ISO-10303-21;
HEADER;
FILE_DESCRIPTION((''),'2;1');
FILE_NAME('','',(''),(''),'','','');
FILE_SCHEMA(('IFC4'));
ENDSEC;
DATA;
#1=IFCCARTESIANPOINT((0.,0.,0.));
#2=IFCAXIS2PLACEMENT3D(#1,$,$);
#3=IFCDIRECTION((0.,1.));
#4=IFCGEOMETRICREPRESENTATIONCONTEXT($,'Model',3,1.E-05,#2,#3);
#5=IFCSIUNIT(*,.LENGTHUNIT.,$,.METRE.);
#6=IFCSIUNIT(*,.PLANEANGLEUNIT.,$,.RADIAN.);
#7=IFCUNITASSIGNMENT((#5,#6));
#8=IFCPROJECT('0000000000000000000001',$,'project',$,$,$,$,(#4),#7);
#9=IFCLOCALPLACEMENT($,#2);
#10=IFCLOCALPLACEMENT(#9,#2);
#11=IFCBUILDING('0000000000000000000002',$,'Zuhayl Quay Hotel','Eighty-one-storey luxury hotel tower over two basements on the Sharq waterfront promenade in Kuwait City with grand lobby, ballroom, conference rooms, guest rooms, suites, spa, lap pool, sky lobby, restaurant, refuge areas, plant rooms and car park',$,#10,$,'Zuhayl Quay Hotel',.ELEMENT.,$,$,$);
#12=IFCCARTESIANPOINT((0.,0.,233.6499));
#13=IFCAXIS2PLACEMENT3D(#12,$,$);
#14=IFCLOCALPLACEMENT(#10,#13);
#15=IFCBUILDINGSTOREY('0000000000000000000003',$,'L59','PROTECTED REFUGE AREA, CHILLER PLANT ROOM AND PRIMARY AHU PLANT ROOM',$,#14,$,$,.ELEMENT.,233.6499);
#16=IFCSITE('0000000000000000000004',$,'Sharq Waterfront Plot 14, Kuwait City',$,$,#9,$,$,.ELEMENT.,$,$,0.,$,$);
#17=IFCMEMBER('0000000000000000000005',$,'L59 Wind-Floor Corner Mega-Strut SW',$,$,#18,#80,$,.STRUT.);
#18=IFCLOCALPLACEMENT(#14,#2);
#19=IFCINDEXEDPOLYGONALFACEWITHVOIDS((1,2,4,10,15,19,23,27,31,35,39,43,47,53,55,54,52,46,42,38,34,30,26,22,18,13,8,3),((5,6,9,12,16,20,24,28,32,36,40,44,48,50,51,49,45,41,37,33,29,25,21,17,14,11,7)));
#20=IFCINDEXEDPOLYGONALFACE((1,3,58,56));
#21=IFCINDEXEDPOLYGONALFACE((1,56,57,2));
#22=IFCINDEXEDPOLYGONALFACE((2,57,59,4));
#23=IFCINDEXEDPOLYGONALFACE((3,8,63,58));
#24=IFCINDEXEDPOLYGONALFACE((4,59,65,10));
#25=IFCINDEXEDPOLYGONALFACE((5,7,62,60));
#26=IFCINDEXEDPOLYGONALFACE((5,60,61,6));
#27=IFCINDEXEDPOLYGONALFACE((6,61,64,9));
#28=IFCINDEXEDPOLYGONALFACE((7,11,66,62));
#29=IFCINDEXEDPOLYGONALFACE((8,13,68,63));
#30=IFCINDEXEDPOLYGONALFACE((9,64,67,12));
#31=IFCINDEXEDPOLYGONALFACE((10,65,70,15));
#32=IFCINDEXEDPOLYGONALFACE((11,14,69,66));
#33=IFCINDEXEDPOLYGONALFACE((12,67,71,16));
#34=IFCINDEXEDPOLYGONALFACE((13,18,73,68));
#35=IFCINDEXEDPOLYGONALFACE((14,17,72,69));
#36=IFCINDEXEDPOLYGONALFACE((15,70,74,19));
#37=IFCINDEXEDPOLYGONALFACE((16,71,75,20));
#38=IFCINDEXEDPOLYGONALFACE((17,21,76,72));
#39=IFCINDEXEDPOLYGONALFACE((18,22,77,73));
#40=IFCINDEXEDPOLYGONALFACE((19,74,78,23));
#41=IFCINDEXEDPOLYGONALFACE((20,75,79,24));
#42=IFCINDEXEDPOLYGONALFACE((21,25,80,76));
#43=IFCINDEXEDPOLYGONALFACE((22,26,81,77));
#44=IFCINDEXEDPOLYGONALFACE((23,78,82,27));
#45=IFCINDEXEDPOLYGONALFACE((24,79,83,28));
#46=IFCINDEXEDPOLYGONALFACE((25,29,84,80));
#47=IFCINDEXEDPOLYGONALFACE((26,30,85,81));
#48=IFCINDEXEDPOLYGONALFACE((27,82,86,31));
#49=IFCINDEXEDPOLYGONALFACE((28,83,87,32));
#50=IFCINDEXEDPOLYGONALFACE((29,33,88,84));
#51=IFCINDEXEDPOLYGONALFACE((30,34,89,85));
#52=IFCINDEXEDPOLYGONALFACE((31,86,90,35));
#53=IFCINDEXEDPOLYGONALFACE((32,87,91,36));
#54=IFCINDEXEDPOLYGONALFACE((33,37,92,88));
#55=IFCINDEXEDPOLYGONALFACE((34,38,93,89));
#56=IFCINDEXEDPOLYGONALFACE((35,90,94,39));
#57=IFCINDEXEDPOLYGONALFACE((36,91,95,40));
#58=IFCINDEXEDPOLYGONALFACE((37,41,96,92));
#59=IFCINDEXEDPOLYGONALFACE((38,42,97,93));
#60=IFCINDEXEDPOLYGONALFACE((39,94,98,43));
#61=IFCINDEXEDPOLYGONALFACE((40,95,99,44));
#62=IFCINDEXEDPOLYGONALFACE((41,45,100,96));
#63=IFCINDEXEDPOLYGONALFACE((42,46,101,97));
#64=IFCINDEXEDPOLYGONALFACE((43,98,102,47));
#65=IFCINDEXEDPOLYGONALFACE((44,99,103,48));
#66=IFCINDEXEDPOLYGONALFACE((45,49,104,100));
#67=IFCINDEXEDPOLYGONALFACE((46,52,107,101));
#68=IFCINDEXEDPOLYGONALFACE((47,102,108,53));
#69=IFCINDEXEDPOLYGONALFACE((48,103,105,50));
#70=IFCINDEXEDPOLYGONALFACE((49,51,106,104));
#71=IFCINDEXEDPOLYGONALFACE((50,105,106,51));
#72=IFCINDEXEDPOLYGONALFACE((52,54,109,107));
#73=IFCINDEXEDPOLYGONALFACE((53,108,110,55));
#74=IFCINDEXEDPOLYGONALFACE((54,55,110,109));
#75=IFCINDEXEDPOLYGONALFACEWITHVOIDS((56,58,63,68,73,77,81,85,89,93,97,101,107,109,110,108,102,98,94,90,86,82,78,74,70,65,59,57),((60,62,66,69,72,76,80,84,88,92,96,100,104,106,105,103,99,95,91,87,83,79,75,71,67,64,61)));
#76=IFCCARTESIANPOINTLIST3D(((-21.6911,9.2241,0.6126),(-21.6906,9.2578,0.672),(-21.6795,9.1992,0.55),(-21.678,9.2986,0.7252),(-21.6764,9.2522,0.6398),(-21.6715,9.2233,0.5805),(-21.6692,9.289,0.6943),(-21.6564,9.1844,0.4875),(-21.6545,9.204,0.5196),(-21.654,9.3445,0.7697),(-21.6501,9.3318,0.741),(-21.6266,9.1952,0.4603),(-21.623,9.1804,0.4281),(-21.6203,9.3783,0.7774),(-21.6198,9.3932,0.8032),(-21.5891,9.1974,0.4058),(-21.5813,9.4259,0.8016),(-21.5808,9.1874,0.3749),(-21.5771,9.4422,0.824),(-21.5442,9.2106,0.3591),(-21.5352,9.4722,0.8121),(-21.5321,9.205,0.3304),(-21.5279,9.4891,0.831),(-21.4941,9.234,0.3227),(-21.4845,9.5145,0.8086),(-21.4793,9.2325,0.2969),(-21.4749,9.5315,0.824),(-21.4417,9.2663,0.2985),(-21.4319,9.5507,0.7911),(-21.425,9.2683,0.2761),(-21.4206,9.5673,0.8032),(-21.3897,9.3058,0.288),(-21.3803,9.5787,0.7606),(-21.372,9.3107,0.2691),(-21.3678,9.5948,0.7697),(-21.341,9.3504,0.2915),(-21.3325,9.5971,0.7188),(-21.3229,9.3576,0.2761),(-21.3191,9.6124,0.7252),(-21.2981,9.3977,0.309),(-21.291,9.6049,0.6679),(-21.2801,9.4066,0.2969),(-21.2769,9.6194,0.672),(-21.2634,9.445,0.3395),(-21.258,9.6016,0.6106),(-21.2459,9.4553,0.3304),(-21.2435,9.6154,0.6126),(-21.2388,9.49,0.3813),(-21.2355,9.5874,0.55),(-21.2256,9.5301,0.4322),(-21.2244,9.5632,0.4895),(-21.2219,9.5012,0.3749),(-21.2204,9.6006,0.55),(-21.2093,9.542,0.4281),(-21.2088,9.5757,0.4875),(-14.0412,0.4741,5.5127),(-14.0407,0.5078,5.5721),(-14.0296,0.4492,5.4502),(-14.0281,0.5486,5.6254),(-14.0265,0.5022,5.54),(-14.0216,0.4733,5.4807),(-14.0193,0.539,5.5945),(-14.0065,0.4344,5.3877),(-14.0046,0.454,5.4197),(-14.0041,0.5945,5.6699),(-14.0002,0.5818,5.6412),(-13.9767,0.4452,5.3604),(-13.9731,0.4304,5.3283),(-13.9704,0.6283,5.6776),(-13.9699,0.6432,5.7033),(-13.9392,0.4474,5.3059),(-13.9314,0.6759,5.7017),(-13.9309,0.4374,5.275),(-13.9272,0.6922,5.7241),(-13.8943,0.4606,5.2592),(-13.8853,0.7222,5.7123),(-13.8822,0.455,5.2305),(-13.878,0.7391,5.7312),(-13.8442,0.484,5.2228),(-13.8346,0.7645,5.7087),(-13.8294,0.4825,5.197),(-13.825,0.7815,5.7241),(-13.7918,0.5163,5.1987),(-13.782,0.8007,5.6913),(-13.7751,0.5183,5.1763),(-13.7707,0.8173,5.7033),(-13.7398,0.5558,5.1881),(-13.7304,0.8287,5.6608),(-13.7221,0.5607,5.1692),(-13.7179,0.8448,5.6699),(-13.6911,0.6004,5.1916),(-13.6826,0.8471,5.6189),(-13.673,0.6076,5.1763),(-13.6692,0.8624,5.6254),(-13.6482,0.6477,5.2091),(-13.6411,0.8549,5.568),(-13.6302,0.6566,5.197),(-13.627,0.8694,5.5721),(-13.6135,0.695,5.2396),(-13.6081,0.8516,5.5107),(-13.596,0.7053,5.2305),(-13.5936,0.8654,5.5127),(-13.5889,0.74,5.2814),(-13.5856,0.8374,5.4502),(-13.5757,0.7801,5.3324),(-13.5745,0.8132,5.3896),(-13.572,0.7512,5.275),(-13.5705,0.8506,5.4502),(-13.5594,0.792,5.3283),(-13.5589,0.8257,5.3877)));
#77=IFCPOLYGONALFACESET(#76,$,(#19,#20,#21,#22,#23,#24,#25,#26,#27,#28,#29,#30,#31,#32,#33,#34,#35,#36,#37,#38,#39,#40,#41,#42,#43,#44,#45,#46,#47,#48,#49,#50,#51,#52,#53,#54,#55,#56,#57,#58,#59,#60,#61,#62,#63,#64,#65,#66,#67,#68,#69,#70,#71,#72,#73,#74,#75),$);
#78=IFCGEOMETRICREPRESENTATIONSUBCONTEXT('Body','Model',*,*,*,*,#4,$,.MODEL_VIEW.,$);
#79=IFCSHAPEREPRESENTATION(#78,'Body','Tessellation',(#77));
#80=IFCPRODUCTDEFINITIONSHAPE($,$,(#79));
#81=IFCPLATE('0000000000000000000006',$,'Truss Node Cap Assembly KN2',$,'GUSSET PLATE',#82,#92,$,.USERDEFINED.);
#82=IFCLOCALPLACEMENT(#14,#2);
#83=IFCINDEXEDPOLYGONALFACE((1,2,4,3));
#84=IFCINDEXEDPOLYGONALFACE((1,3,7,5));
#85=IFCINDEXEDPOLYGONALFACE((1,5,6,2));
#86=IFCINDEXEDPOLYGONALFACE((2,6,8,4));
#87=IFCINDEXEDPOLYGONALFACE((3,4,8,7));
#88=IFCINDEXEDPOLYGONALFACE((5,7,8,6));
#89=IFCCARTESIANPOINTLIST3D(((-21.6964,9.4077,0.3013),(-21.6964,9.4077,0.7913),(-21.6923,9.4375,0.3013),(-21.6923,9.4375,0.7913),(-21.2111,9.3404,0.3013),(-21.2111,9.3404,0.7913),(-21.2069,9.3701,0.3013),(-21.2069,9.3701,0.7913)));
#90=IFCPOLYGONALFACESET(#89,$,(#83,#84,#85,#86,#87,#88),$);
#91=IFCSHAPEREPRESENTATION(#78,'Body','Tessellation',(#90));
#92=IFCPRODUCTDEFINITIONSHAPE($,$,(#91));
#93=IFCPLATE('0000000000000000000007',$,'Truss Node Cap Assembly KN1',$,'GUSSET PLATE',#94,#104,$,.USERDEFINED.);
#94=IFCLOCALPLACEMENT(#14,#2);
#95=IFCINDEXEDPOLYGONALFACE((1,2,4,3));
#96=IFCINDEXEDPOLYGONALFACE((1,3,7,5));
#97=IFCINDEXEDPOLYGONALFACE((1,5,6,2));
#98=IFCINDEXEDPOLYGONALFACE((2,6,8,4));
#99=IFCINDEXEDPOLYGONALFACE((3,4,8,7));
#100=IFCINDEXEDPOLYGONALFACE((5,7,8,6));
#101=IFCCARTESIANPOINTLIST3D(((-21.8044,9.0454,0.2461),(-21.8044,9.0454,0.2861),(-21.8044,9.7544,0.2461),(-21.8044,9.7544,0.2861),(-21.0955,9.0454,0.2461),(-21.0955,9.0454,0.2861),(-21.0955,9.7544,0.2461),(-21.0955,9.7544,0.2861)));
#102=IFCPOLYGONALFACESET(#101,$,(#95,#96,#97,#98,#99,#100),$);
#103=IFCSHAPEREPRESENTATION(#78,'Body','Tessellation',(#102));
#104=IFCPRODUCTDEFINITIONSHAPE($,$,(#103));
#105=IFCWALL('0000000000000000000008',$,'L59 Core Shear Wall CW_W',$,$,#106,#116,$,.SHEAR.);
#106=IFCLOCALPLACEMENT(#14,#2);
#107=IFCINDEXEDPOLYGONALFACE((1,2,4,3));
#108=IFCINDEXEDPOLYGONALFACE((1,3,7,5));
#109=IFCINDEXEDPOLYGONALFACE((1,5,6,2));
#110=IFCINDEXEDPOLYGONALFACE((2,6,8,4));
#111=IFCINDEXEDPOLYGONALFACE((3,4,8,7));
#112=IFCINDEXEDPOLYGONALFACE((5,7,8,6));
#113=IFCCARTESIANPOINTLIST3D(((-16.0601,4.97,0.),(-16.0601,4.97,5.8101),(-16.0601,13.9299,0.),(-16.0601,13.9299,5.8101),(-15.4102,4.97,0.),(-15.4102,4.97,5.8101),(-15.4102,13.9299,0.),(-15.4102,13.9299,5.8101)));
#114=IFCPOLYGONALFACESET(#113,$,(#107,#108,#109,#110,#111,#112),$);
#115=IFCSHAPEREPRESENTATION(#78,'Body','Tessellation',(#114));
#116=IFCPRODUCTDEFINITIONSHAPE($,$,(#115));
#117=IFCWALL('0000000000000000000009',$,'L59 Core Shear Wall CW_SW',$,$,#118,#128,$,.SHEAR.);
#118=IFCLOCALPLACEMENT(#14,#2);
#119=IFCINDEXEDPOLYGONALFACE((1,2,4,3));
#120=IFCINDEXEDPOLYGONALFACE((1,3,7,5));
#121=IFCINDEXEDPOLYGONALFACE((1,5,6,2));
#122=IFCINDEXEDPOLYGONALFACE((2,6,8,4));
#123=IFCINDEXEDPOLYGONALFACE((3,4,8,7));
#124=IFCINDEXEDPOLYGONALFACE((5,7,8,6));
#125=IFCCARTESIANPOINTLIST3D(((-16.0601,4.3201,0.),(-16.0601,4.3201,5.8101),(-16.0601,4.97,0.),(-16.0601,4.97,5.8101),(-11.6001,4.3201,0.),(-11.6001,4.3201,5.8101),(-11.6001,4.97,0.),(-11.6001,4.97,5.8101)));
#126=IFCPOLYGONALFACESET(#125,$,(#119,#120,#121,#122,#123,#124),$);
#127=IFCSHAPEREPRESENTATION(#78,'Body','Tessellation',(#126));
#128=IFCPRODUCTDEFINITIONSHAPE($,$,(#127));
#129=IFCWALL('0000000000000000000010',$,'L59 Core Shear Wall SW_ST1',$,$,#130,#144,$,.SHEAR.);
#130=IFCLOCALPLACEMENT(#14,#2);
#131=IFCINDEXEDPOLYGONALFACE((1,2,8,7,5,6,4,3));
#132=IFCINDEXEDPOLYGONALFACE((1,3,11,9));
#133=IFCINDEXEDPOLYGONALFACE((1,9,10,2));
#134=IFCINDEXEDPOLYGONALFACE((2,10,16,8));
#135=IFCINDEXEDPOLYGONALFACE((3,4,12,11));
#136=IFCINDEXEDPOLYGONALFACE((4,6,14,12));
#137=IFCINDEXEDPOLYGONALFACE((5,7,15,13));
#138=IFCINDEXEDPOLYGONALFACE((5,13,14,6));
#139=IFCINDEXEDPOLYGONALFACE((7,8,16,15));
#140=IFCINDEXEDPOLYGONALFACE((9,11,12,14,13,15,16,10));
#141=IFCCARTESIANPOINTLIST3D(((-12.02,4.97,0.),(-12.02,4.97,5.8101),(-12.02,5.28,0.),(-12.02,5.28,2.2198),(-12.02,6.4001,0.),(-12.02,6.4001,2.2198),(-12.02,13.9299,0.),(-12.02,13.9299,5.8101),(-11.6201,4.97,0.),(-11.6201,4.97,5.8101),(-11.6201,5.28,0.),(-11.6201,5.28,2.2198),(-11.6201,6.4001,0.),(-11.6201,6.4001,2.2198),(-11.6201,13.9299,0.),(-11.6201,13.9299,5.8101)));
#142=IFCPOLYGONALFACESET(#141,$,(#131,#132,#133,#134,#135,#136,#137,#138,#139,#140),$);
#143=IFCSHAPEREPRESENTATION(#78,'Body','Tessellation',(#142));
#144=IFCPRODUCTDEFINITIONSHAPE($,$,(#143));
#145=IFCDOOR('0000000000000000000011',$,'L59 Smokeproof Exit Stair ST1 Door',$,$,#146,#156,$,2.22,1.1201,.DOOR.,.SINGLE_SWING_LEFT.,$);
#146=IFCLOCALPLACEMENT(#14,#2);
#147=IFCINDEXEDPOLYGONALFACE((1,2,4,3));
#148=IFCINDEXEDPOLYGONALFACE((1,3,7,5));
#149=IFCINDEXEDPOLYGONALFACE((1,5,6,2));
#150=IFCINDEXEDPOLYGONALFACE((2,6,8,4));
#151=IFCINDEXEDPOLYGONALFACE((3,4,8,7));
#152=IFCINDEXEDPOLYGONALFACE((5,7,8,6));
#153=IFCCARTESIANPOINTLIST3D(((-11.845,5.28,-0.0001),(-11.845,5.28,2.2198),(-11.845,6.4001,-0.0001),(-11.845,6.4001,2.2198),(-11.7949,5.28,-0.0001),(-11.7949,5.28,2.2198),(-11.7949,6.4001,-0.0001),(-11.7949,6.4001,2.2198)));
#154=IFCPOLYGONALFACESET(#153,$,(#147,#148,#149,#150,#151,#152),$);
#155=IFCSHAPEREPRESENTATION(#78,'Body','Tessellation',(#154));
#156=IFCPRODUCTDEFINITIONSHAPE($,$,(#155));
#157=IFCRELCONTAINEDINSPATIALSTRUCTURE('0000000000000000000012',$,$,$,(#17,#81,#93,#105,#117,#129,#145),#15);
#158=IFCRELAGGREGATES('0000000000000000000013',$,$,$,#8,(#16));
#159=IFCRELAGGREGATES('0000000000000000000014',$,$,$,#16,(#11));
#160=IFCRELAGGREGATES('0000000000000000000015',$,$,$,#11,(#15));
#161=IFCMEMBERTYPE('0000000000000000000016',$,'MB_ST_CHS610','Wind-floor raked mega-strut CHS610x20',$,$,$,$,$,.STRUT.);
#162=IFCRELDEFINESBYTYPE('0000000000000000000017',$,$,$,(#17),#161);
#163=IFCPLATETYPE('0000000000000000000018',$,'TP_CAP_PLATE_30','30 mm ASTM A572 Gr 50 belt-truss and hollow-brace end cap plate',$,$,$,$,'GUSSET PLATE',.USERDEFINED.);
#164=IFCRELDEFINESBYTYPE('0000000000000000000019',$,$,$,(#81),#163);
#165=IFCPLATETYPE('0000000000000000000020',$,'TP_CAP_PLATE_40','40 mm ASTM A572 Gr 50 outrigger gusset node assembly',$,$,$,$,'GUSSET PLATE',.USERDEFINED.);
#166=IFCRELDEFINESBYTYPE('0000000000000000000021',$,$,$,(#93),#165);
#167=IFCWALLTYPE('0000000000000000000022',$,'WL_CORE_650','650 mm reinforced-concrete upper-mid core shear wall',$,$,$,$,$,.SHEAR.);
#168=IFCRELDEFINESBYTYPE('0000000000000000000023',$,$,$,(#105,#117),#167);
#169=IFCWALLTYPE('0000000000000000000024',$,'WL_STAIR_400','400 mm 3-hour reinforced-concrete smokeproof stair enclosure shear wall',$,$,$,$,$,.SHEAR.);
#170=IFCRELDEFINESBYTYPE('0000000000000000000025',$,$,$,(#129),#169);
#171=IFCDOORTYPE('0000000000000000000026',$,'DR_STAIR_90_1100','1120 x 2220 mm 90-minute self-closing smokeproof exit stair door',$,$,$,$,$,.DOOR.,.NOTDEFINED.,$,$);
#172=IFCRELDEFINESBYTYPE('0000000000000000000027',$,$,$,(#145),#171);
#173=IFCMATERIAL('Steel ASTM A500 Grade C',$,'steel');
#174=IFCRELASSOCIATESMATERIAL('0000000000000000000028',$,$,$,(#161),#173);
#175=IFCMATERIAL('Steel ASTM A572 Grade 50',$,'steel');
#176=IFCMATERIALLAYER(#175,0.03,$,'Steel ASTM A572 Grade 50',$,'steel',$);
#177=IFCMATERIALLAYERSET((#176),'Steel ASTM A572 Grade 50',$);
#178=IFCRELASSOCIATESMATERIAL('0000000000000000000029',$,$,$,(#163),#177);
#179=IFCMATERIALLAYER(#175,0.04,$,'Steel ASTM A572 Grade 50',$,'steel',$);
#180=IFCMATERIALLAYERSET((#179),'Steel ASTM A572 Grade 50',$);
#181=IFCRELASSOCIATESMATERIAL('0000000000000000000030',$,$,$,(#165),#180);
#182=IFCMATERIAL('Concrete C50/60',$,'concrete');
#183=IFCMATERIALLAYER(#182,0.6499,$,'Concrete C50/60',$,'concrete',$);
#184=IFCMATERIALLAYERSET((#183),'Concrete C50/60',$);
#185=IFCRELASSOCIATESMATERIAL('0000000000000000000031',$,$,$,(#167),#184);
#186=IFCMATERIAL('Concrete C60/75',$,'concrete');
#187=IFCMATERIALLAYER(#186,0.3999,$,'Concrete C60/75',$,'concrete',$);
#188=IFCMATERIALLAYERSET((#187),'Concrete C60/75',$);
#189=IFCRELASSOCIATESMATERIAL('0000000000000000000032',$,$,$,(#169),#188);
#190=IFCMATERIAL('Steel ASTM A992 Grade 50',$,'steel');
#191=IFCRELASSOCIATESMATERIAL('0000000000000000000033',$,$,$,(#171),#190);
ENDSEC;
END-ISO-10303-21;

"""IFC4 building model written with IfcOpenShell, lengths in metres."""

from ifc_helpers import new_model, si_unit, direction, frame, frame_2d, origin, origin_2d, place, context, subcontext, project, spatial, rectangle, hollow_circle, extrude, material, layer, layer_set, material_profile, profile_set, type_object, element, fill, save


model = new_model("IFC4")

# Units and contexts
model_context = context("Model", 3, precision=1e-05, world=origin(), true_north=direction((0.0, 1.0)))
body_context = subcontext(model_context, "Body", "Model", "MODEL_VIEW")
ifc_project = project(units=[si_unit("LENGTHUNIT", "METRE"), si_unit("PLANEANGLEUNIT", "RADIAN")], contexts=[model_context])

# Site, building, storey
site_placement = place(None, origin())
site = spatial("IfcSite", under=ifc_project, at=site_placement, Name="Sharq Waterfront Plot 14, Kuwait City", CompositionType="ELEMENT", RefElevation=0.0)
building_placement = place(site_placement, origin())
building = spatial("IfcBuilding", under=site, at=building_placement, Name="Zuhayl Quay Hotel", Description="Eighty-one-storey luxury hotel tower over two basements on the Sharq waterfront promenade in Kuwait City with grand lobby, ballroom, conference rooms, guest rooms, suites, spa, lap pool, sky lobby, restaurant, refuge areas, plant rooms and car park", LongName="Zuhayl Quay Hotel", CompositionType="ELEMENT")
storey_placement = place(building_placement, frame((0.0, 0.0, 233.6499)))
storey = spatial("IfcBuildingStorey", under=building, at=storey_placement, Name="L59", Description="PROTECTED REFUGE AREA, CHILLER PLANT ROOM AND PRIMARY AHU PLANT ROOM", CompositionType="ELEMENT", Elevation=233.6499)

# Shared definitions
ifc_material_1 = material(Name="Concrete C60/75", Category="concrete")

# Member
ifc_material_2 = material(Name="Steel ASTM A500 Grade C", Category="steel")
ifc_material_profile_1 = material_profile(ifc_material_2, hollow_circle(Radius=0.3049, WallThickness=0.02, at=origin_2d()), Name="CHS610X20")
ifc_profile_set_1 = profile_set([ifc_material_profile_1], Name="Steel ASTM A500 Grade C")
member_type_1 = type_object("IfcMemberType", Name="MB_ST_CHS610", Description="Wind-floor raked mega-strut CHS610x20", PredefinedType="STRUT", material=ifc_profile_set_1)
member_1_placement = place(storey_placement, frame((-21.45, 9.3999, 0.55), z_axis=(0.606496, -0.693713, 0.388491), x_axis=(0.752847, 0.658195, 0.0)))
element("IfcMember", 1, at=member_1_placement, inside=storey, type_object=member_type_1, Name="L59 Wind-Floor Corner Mega-Strut SW", PredefinedType="STRUT", context=body_context, shape_type="SweptSolid", body=[
    extrude(hollow_circle(Radius=0.3049, WallThickness=0.02, at=origin_2d()), origin(), (0.0, 0.0, 1.0), 12.6133),
])

# Plates
ifc_material_3 = material(Name="Steel ASTM A572 Grade 50", Category="steel")
ifc_layer_1 = layer(ifc_material_3, 0.03, Name="Steel ASTM A572 Grade 50", Category="steel")
ifc_layer_set_1 = layer_set([ifc_layer_1], Name="Steel ASTM A572 Grade 50")
plate_type_1 = type_object("IfcPlateType", Name="TP_CAP_PLATE_30", Description="30 mm ASTM A572 Gr 50 belt-truss and hollow-brace end cap plate", ElementType="GUSSET PLATE", PredefinedType="USERDEFINED", material=ifc_layer_set_1)
plate_1_placement = place(storey_placement, frame((-21.4517, 9.3889, 0.3013), z_axis=(0.0, 0.0, 1.0), x_axis=(-0.137445, -0.990509, 0.0)))
element("IfcPlate", 2, at=plate_1_placement, inside=storey, type_object=plate_type_1, Name="Truss Node Cap Assembly KN2", ObjectType="GUSSET PLATE", PredefinedType="USERDEFINED", context=body_context, shape_type="SweptSolid", body=[
    extrude(rectangle(XDim=0.03, YDim=0.49, at=origin_2d()), origin(), (0.0, 0.0, 1.0), 0.49),
])
ifc_layer_2 = layer(ifc_material_3, 0.04, Name="Steel ASTM A572 Grade 50", Category="steel")
ifc_layer_set_2 = layer_set([ifc_layer_2], Name="Steel ASTM A572 Grade 50")
plate_type_2 = type_object("IfcPlateType", Name="TP_CAP_PLATE_40", Description="40 mm ASTM A572 Gr 50 outrigger gusset node assembly", ElementType="GUSSET PLATE", PredefinedType="USERDEFINED", material=ifc_layer_set_2)
plate_2_placement = place(storey_placement, frame((-21.45, 9.3999, 0.2461), z_axis=(0.0, 0.0, 1.0), x_axis=(1.0, 0.0, 0.0)))
element("IfcPlate", 3, at=plate_2_placement, inside=storey, type_object=plate_type_2, Name="Truss Node Cap Assembly KN1", ObjectType="GUSSET PLATE", PredefinedType="USERDEFINED", context=body_context, shape_type="SweptSolid", body=[
    extrude(rectangle(XDim=0.709, YDim=0.709, at=origin_2d()), origin(), (0.0, 0.0, 1.0), 0.04),
])

# Walls
ifc_material_4 = material(Name="Concrete C50/60", Category="concrete")
ifc_layer_3 = layer(ifc_material_4, 0.6499, Name="Concrete C50/60", Category="concrete")
ifc_layer_set_3 = layer_set([ifc_layer_3], Name="Concrete C50/60")
wall_type_1 = type_object("IfcWallType", Name="WL_CORE_650", Description="650 mm reinforced-concrete upper-mid core shear wall", PredefinedType="SHEAR", material=ifc_layer_set_3)
wall_1_placement = place(storey_placement, frame((-15.7351, 4.97, 0.0), z_axis=(0.0, 0.0, 1.0), x_axis=(0.0, 1.0, 0.0)))
element("IfcWall", 4, at=wall_1_placement, inside=storey, type_object=wall_type_1, Name="L59 Core Shear Wall CW_W", PredefinedType="SHEAR", context=body_context, shape_type="SweptSolid", body=[
    extrude(rectangle(XDim=8.96, YDim=0.6499, at=frame_2d((4.48, 0.0))), origin(), (0.0, 0.0, 1.0), 5.8101),
])
wall_2_placement = place(storey_placement, frame((-16.0601, 4.645, 0.0), z_axis=(0.0, 0.0, 1.0), x_axis=(1.0, 0.0, 0.0)))
element("IfcWall", 5, at=wall_2_placement, inside=storey, type_object=wall_type_1, Name="L59 Core Shear Wall CW_SW", PredefinedType="SHEAR", context=body_context, shape_type="SweptSolid", body=[
    extrude(rectangle(XDim=4.46, YDim=0.6499, at=frame_2d((2.23, 0.0))), origin(), (0.0, 0.0, 1.0), 5.8101),
])

# Wall, opening, door
ifc_layer_4 = layer(ifc_material_1, 0.3999, Name="Concrete C60/75", Category="concrete")
ifc_layer_set_4 = layer_set([ifc_layer_4], Name="Concrete C60/75")
wall_type_2 = type_object("IfcWallType", Name="WL_STAIR_400", Description="400 mm 3-hour reinforced-concrete smokeproof stair enclosure shear wall", PredefinedType="SHEAR", material=ifc_layer_set_4)
wall_3_placement = place(storey_placement, frame((-11.8201, 4.97, 0.0), z_axis=(0.0, 0.0, 1.0), x_axis=(0.0, 1.0, 0.0)))
wall_3 = element("IfcWall", 6, at=wall_3_placement, inside=storey, type_object=wall_type_2, Name="L59 Core Shear Wall SW_ST1", PredefinedType="SHEAR", context=body_context, shape_type="SweptSolid", body=[
    extrude(rectangle(XDim=8.96, YDim=0.3999, at=frame_2d((4.48, 0.0))), origin(), (0.0, 0.0, 1.0), 5.8101),
])
opening_placement = place(wall_3_placement, frame((0.3101, 0.0, 0.0)))
opening = element("IfcOpeningElement", 7, at=opening_placement, cuts=wall_3, PredefinedType="OPENING", context=body_context, shape_type="SweptSolid", body=[
    extrude(rectangle(XDim=1.1201, YDim=2.22, at=frame_2d((0.5601, 1.1099))), frame((0.0, 0.21, 0.0), z_axis=(0.0, -1.0, 0.0), x_axis=(1.0, 0.0, 0.0)), (0.0, 0.0, 1.0), 0.4199),
])
ifc_material_5 = material(Name="Steel ASTM A992 Grade 50", Category="steel")
door_type = type_object("IfcDoorType", Name="DR_STAIR_90_1100", Description="1120 x 2220 mm 90-minute self-closing smokeproof exit stair door", OperationType="NOTDEFINED", PredefinedType="DOOR", material=ifc_material_5)
door_placement = place(opening_placement, origin())
door = element("IfcDoor", 8, at=door_placement, inside=storey, type_object=door_type, Name="L59 Smokeproof Exit Stair ST1 Door", OperationType="SINGLE_SWING_LEFT", OverallHeight=2.22, OverallWidth=1.1201, PredefinedType="DOOR", context=body_context, shape_type="SweptSolid", body=[
    extrude(rectangle(XDim=1.1201, YDim=2.22, at=frame_2d((0.5601, 1.1099))), frame((0.0, 0.0249, 0.0), z_axis=(0.0, -1.0, 0.0), x_axis=(1.0, 0.0, 0.0)), (0.0, 0.0, 1.0), 0.05),
])
fill(opening, door)

save(model, "model.ifc")
